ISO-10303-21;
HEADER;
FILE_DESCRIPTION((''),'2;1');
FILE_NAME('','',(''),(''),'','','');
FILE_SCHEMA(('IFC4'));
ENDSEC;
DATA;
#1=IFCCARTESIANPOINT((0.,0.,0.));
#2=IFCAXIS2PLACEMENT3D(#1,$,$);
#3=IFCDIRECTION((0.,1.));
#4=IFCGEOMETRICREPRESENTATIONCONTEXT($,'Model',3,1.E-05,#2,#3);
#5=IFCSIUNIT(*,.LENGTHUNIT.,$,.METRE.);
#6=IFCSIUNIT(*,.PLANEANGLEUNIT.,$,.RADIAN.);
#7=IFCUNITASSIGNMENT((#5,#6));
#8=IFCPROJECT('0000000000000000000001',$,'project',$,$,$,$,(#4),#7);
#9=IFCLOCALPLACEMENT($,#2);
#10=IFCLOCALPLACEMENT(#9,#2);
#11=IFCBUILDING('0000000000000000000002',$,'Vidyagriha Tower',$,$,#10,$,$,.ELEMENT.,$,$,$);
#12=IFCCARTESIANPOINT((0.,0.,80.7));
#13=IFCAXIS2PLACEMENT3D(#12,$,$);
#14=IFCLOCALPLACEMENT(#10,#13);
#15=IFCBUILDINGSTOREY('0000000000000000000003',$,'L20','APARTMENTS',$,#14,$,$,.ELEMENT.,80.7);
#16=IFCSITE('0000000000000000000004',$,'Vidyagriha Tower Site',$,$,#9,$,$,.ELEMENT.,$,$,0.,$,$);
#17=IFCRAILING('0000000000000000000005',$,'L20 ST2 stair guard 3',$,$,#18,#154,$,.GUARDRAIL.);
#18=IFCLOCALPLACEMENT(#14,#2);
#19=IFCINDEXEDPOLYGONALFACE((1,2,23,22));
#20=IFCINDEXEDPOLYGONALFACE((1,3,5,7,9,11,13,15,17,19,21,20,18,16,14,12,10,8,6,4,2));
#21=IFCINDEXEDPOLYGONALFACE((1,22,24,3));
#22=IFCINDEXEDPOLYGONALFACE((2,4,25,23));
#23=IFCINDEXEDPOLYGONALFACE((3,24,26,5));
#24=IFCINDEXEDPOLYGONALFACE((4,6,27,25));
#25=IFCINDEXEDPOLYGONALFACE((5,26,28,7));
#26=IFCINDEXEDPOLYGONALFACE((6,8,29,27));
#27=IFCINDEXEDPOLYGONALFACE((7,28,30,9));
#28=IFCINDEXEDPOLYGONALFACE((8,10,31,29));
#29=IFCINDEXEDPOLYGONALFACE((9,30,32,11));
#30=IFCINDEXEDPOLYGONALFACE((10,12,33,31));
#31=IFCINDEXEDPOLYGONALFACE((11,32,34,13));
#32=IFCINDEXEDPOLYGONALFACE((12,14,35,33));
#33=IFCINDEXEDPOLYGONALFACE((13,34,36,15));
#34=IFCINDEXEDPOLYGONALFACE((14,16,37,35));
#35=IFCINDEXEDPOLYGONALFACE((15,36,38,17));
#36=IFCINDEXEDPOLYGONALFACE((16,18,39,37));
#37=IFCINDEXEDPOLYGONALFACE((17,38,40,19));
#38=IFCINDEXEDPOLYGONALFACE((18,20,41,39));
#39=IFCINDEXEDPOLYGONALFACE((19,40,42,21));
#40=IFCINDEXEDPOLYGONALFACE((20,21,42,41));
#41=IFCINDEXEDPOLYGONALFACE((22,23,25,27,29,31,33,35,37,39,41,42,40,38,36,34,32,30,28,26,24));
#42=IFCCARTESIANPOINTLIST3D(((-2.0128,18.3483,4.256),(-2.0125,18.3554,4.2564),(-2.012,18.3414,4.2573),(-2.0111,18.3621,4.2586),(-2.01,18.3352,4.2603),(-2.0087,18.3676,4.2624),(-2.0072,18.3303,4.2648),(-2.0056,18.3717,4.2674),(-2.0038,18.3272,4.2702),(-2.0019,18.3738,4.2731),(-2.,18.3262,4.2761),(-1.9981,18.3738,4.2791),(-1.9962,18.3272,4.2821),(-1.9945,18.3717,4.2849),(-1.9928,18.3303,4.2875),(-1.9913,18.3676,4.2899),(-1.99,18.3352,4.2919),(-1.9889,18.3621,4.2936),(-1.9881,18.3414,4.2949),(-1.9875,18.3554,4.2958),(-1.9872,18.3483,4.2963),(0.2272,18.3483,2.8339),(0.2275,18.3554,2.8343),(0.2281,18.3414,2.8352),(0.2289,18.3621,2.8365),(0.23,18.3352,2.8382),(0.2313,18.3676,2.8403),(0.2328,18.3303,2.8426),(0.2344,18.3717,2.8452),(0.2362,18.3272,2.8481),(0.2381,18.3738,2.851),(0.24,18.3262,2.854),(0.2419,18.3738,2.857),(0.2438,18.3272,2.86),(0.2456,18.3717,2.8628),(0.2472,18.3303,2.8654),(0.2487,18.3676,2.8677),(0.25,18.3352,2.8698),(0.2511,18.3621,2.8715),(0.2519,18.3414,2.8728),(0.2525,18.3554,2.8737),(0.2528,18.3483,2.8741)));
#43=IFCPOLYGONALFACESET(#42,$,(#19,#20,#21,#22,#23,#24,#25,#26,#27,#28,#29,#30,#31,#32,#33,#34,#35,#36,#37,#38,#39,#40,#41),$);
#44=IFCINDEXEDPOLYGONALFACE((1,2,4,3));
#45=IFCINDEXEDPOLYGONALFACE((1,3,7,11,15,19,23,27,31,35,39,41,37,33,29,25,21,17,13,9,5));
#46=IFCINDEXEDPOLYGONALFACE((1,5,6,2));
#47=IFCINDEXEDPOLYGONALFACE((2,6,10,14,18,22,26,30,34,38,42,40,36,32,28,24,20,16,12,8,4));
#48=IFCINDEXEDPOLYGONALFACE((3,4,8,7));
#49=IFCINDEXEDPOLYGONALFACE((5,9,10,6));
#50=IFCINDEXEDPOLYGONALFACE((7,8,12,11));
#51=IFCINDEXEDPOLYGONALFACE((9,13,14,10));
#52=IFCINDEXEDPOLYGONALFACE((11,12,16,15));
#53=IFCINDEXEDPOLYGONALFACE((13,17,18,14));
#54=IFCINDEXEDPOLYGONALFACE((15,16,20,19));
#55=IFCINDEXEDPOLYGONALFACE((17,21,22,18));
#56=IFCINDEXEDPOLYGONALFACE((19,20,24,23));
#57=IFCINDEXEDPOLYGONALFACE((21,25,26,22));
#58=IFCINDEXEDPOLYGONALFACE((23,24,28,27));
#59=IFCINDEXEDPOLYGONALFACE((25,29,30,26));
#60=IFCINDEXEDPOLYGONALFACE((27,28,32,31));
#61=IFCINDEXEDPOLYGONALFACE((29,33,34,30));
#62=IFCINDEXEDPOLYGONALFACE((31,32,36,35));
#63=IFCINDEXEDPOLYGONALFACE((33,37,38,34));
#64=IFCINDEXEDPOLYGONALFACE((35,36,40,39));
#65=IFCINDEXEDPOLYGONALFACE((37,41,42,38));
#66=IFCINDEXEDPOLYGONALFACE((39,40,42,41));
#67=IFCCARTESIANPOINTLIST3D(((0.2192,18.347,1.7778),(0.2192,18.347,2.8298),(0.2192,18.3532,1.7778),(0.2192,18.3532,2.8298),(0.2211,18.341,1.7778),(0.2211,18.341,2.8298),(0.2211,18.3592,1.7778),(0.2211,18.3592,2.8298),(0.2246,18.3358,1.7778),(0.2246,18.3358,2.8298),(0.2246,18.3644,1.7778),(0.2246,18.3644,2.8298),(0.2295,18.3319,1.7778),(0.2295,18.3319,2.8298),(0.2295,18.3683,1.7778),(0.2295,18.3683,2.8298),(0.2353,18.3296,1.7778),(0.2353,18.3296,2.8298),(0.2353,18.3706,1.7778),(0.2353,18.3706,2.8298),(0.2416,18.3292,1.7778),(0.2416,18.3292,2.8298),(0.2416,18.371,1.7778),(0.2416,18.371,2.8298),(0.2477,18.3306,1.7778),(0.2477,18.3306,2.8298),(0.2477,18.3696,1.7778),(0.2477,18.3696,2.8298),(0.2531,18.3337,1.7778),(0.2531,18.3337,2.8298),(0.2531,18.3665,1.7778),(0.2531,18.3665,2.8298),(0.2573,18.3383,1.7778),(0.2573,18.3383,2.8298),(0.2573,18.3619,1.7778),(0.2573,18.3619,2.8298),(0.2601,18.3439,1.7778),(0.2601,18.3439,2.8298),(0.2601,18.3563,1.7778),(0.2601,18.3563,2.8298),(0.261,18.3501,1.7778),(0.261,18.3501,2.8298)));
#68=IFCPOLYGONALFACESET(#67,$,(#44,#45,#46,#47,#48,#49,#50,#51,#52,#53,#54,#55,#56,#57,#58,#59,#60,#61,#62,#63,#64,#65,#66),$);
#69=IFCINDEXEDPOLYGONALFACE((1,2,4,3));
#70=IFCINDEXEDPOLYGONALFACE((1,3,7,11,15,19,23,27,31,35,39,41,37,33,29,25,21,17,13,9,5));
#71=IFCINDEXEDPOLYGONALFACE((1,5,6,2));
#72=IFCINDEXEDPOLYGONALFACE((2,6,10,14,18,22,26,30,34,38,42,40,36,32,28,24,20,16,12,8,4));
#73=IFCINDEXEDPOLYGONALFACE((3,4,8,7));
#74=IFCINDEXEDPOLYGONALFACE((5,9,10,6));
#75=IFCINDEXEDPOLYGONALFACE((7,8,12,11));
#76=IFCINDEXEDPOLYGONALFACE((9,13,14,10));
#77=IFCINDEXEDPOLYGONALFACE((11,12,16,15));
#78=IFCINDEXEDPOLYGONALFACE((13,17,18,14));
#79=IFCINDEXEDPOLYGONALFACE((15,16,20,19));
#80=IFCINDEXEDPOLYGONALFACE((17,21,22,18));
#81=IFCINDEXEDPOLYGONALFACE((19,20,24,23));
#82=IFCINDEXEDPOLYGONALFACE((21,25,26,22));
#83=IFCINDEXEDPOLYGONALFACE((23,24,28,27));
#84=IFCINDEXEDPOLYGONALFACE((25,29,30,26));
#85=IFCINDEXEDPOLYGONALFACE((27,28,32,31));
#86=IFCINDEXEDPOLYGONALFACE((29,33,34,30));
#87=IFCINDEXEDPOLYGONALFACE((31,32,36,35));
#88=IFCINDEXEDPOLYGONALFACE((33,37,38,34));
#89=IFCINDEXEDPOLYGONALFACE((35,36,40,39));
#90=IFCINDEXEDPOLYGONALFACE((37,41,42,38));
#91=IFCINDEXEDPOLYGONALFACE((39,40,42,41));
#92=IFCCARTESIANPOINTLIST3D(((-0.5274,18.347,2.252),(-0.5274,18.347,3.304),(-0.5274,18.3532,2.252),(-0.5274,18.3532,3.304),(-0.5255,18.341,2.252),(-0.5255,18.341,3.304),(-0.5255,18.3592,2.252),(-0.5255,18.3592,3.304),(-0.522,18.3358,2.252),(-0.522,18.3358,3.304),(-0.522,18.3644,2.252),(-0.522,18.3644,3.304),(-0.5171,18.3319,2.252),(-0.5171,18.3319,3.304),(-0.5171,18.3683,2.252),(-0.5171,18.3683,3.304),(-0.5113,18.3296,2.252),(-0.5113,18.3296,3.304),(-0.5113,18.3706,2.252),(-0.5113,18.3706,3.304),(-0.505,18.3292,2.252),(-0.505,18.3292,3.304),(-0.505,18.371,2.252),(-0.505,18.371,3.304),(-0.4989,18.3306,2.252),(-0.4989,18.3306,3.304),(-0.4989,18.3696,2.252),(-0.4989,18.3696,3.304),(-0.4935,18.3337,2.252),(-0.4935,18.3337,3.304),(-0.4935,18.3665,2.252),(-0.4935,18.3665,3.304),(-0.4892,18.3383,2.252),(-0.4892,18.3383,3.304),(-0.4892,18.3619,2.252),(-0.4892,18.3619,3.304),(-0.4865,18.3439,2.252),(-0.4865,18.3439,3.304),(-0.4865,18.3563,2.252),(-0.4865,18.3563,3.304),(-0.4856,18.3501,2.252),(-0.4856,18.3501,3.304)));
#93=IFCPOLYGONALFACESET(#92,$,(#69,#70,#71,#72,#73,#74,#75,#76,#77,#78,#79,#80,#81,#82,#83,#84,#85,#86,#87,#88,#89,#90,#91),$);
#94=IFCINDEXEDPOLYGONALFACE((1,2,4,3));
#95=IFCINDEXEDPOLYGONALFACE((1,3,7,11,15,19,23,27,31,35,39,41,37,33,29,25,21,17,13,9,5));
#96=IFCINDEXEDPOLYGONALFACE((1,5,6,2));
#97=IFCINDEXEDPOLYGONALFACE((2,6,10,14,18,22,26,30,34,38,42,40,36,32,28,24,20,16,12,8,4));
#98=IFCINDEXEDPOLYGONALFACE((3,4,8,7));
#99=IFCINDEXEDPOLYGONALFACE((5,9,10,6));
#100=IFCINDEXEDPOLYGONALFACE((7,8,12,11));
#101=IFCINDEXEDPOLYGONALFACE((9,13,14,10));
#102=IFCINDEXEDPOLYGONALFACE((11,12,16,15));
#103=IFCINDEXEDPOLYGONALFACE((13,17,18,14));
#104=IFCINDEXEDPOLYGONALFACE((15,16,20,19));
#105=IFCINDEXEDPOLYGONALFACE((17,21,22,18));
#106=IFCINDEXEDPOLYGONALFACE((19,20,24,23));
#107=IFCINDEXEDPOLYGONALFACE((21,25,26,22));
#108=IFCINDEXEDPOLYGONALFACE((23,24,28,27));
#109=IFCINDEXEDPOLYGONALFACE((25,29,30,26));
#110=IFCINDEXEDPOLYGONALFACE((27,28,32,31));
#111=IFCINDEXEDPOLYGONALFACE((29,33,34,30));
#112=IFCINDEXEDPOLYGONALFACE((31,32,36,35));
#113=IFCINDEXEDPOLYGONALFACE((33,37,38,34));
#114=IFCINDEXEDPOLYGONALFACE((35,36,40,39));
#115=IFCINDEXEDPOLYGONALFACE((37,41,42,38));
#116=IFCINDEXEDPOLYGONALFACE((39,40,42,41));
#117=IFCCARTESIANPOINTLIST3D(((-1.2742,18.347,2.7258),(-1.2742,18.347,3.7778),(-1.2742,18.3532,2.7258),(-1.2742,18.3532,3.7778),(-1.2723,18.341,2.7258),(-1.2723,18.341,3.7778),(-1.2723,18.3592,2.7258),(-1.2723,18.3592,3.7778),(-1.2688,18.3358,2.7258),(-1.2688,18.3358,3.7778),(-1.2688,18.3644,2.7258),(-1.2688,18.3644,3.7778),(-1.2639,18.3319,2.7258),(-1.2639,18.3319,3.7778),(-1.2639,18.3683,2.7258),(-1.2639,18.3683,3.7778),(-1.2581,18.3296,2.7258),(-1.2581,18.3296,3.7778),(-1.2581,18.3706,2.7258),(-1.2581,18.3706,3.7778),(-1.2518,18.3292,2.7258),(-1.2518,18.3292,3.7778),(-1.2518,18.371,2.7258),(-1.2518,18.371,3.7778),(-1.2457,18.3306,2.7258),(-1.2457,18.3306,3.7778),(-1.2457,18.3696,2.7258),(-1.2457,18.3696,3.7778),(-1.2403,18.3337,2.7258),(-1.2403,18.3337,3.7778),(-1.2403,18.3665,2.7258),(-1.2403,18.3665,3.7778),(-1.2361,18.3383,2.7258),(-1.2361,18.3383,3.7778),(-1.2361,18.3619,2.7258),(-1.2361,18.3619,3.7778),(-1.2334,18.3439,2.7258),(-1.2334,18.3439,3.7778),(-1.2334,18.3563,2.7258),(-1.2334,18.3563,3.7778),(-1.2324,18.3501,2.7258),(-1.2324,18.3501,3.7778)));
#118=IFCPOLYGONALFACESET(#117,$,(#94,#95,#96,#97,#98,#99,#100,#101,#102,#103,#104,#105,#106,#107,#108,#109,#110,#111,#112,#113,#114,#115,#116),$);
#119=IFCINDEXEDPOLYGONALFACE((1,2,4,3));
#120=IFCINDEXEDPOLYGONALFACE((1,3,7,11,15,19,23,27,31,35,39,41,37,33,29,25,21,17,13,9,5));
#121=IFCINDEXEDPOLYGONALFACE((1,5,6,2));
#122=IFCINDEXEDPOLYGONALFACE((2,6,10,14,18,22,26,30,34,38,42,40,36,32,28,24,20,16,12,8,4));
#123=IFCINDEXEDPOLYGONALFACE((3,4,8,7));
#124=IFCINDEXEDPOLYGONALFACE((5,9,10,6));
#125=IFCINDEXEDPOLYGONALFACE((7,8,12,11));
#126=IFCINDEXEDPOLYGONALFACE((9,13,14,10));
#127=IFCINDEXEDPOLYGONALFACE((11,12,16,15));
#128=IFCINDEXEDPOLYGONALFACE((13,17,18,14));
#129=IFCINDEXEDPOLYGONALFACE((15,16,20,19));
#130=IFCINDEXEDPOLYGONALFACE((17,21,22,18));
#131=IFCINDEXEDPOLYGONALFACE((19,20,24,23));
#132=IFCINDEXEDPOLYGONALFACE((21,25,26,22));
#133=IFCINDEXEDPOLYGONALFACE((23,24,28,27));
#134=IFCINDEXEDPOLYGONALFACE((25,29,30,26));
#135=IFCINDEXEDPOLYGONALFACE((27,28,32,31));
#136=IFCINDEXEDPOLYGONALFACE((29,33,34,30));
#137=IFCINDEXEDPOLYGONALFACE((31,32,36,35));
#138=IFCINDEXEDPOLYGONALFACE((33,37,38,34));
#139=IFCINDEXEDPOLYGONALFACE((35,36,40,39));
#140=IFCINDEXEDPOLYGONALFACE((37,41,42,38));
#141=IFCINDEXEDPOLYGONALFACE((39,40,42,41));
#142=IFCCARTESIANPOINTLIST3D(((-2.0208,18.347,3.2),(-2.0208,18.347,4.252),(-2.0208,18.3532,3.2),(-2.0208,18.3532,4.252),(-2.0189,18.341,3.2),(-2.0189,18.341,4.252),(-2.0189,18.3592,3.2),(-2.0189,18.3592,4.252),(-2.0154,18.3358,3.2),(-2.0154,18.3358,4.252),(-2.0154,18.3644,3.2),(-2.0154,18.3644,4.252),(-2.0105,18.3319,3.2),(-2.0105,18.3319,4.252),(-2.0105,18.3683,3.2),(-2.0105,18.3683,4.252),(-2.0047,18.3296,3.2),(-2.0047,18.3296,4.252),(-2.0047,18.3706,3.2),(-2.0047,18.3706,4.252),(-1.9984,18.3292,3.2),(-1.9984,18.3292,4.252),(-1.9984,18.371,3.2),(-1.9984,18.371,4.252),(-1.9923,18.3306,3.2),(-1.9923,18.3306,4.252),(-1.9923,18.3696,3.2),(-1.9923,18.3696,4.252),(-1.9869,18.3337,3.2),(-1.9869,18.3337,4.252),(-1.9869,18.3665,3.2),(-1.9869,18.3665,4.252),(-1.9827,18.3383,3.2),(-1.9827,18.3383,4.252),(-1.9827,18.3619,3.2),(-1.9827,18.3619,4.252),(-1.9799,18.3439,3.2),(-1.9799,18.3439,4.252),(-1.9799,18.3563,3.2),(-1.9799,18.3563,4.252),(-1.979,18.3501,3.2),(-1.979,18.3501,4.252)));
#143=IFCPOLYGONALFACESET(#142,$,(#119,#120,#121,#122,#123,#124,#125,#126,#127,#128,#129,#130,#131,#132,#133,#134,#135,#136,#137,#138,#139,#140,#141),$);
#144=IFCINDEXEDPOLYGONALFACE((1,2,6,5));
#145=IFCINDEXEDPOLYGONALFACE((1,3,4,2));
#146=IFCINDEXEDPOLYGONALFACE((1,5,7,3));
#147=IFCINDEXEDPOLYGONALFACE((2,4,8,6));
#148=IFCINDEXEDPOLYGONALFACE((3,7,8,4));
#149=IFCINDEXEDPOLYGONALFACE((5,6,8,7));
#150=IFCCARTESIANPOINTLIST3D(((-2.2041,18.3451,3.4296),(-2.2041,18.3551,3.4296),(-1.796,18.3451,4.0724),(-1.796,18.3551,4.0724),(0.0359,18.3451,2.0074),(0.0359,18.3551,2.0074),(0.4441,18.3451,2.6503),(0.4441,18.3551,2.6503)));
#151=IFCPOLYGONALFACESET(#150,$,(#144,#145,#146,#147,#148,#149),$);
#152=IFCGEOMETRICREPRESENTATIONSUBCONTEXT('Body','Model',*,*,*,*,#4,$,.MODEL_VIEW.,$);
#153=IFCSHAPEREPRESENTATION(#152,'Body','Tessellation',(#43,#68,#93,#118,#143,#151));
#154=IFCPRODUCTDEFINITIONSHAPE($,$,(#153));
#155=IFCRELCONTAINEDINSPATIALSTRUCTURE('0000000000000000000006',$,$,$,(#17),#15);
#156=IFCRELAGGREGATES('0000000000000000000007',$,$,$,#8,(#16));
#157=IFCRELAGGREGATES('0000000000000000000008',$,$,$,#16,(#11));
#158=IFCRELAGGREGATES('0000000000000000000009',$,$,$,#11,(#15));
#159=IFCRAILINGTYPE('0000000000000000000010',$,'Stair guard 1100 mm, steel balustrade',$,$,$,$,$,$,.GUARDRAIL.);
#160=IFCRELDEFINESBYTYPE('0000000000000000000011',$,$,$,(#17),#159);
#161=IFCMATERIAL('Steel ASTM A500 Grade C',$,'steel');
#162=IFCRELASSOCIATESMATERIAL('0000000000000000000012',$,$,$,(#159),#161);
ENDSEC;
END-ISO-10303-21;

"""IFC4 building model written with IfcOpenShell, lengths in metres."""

from ifc_helpers import new_model, si_unit, direction, frame, origin, origin_2d, place, context, subcontext, project, spatial, rectangle, circle, extrude, material, type_object, element, save


model = new_model("IFC4")

# Units and contexts
model_context = context("Model", 3, precision=1e-05, world=origin(), true_north=direction((0.0, 1.0)))
body_context = subcontext(model_context, "Body", "Model", "MODEL_VIEW")
ifc_project = project(units=[si_unit("LENGTHUNIT", "METRE"), si_unit("PLANEANGLEUNIT", "RADIAN")], contexts=[model_context])

# Site, building, storey
site_placement = place(None, origin())
site = spatial("IfcSite", under=ifc_project, at=site_placement, Name="Vidyagriha Tower Site", CompositionType="ELEMENT", RefElevation=0.0)
building_placement = place(site_placement, origin())
building = spatial("IfcBuilding", under=site, at=building_placement, Name="Vidyagriha Tower", CompositionType="ELEMENT")
storey_placement = place(building_placement, frame((0.0, 0.0, 80.7)))
storey = spatial("IfcBuildingStorey", under=building, at=storey_placement, Name="L20", Description="APARTMENTS", CompositionType="ELEMENT", Elevation=80.7)

# Railing
ifc_material_1 = material(Name="Steel ASTM A500 Grade C", Category="steel")
railing_type_1 = type_object("IfcRailingType", Name="Stair guard 1100 mm, steel balustrade", PredefinedType="GUARDRAIL", material=ifc_material_1)
railing_1_placement = place(storey_placement, frame((0.24, 18.3501, 1.7778)))
element("IfcRailing", 1, at=railing_1_placement, inside=storey, type_object=railing_type_1, Name="L20 ST2 stair guard 3", PredefinedType="GUARDRAIL", context=body_context, shape_type="SweptSolid", body=[
    extrude(circle(Radius=0.0239, at=origin_2d()), frame((0.0, 0.0, 1.0762), z_axis=(-0.844229, 0.0, 0.535982), x_axis=(0.0, -1.0, 0.0)), (0.0, 0.0, 1.0), 2.6533),
    extrude(circle(Radius=0.021, at=origin_2d()), origin(), (0.0, 0.0, 1.0), 1.052),
    extrude(circle(Radius=0.021, at=origin_2d()), frame((-0.7466, 0.0, 0.4741)), (0.0, 0.0, 1.0), 1.052),
    extrude(circle(Radius=0.021, at=origin_2d()), frame((-1.4934, 0.0, 0.948)), (0.0, 0.0, 1.0), 1.052),
    extrude(circle(Radius=0.021, at=origin_2d()), frame((-2.24, 0.0, 1.4221)), (0.0, 0.0, 1.0), 1.052),
    extrude(rectangle(XDim=0.01, YDim=0.7615, at=origin_2d()), frame((0.0, 0.0, 0.551), z_axis=(-0.844229, 0.0, 0.535982), x_axis=(0.0, -1.0, 0.0)), (0.0, 0.0, 1.0), 2.6533),
])

save(model, "model.ifc")
